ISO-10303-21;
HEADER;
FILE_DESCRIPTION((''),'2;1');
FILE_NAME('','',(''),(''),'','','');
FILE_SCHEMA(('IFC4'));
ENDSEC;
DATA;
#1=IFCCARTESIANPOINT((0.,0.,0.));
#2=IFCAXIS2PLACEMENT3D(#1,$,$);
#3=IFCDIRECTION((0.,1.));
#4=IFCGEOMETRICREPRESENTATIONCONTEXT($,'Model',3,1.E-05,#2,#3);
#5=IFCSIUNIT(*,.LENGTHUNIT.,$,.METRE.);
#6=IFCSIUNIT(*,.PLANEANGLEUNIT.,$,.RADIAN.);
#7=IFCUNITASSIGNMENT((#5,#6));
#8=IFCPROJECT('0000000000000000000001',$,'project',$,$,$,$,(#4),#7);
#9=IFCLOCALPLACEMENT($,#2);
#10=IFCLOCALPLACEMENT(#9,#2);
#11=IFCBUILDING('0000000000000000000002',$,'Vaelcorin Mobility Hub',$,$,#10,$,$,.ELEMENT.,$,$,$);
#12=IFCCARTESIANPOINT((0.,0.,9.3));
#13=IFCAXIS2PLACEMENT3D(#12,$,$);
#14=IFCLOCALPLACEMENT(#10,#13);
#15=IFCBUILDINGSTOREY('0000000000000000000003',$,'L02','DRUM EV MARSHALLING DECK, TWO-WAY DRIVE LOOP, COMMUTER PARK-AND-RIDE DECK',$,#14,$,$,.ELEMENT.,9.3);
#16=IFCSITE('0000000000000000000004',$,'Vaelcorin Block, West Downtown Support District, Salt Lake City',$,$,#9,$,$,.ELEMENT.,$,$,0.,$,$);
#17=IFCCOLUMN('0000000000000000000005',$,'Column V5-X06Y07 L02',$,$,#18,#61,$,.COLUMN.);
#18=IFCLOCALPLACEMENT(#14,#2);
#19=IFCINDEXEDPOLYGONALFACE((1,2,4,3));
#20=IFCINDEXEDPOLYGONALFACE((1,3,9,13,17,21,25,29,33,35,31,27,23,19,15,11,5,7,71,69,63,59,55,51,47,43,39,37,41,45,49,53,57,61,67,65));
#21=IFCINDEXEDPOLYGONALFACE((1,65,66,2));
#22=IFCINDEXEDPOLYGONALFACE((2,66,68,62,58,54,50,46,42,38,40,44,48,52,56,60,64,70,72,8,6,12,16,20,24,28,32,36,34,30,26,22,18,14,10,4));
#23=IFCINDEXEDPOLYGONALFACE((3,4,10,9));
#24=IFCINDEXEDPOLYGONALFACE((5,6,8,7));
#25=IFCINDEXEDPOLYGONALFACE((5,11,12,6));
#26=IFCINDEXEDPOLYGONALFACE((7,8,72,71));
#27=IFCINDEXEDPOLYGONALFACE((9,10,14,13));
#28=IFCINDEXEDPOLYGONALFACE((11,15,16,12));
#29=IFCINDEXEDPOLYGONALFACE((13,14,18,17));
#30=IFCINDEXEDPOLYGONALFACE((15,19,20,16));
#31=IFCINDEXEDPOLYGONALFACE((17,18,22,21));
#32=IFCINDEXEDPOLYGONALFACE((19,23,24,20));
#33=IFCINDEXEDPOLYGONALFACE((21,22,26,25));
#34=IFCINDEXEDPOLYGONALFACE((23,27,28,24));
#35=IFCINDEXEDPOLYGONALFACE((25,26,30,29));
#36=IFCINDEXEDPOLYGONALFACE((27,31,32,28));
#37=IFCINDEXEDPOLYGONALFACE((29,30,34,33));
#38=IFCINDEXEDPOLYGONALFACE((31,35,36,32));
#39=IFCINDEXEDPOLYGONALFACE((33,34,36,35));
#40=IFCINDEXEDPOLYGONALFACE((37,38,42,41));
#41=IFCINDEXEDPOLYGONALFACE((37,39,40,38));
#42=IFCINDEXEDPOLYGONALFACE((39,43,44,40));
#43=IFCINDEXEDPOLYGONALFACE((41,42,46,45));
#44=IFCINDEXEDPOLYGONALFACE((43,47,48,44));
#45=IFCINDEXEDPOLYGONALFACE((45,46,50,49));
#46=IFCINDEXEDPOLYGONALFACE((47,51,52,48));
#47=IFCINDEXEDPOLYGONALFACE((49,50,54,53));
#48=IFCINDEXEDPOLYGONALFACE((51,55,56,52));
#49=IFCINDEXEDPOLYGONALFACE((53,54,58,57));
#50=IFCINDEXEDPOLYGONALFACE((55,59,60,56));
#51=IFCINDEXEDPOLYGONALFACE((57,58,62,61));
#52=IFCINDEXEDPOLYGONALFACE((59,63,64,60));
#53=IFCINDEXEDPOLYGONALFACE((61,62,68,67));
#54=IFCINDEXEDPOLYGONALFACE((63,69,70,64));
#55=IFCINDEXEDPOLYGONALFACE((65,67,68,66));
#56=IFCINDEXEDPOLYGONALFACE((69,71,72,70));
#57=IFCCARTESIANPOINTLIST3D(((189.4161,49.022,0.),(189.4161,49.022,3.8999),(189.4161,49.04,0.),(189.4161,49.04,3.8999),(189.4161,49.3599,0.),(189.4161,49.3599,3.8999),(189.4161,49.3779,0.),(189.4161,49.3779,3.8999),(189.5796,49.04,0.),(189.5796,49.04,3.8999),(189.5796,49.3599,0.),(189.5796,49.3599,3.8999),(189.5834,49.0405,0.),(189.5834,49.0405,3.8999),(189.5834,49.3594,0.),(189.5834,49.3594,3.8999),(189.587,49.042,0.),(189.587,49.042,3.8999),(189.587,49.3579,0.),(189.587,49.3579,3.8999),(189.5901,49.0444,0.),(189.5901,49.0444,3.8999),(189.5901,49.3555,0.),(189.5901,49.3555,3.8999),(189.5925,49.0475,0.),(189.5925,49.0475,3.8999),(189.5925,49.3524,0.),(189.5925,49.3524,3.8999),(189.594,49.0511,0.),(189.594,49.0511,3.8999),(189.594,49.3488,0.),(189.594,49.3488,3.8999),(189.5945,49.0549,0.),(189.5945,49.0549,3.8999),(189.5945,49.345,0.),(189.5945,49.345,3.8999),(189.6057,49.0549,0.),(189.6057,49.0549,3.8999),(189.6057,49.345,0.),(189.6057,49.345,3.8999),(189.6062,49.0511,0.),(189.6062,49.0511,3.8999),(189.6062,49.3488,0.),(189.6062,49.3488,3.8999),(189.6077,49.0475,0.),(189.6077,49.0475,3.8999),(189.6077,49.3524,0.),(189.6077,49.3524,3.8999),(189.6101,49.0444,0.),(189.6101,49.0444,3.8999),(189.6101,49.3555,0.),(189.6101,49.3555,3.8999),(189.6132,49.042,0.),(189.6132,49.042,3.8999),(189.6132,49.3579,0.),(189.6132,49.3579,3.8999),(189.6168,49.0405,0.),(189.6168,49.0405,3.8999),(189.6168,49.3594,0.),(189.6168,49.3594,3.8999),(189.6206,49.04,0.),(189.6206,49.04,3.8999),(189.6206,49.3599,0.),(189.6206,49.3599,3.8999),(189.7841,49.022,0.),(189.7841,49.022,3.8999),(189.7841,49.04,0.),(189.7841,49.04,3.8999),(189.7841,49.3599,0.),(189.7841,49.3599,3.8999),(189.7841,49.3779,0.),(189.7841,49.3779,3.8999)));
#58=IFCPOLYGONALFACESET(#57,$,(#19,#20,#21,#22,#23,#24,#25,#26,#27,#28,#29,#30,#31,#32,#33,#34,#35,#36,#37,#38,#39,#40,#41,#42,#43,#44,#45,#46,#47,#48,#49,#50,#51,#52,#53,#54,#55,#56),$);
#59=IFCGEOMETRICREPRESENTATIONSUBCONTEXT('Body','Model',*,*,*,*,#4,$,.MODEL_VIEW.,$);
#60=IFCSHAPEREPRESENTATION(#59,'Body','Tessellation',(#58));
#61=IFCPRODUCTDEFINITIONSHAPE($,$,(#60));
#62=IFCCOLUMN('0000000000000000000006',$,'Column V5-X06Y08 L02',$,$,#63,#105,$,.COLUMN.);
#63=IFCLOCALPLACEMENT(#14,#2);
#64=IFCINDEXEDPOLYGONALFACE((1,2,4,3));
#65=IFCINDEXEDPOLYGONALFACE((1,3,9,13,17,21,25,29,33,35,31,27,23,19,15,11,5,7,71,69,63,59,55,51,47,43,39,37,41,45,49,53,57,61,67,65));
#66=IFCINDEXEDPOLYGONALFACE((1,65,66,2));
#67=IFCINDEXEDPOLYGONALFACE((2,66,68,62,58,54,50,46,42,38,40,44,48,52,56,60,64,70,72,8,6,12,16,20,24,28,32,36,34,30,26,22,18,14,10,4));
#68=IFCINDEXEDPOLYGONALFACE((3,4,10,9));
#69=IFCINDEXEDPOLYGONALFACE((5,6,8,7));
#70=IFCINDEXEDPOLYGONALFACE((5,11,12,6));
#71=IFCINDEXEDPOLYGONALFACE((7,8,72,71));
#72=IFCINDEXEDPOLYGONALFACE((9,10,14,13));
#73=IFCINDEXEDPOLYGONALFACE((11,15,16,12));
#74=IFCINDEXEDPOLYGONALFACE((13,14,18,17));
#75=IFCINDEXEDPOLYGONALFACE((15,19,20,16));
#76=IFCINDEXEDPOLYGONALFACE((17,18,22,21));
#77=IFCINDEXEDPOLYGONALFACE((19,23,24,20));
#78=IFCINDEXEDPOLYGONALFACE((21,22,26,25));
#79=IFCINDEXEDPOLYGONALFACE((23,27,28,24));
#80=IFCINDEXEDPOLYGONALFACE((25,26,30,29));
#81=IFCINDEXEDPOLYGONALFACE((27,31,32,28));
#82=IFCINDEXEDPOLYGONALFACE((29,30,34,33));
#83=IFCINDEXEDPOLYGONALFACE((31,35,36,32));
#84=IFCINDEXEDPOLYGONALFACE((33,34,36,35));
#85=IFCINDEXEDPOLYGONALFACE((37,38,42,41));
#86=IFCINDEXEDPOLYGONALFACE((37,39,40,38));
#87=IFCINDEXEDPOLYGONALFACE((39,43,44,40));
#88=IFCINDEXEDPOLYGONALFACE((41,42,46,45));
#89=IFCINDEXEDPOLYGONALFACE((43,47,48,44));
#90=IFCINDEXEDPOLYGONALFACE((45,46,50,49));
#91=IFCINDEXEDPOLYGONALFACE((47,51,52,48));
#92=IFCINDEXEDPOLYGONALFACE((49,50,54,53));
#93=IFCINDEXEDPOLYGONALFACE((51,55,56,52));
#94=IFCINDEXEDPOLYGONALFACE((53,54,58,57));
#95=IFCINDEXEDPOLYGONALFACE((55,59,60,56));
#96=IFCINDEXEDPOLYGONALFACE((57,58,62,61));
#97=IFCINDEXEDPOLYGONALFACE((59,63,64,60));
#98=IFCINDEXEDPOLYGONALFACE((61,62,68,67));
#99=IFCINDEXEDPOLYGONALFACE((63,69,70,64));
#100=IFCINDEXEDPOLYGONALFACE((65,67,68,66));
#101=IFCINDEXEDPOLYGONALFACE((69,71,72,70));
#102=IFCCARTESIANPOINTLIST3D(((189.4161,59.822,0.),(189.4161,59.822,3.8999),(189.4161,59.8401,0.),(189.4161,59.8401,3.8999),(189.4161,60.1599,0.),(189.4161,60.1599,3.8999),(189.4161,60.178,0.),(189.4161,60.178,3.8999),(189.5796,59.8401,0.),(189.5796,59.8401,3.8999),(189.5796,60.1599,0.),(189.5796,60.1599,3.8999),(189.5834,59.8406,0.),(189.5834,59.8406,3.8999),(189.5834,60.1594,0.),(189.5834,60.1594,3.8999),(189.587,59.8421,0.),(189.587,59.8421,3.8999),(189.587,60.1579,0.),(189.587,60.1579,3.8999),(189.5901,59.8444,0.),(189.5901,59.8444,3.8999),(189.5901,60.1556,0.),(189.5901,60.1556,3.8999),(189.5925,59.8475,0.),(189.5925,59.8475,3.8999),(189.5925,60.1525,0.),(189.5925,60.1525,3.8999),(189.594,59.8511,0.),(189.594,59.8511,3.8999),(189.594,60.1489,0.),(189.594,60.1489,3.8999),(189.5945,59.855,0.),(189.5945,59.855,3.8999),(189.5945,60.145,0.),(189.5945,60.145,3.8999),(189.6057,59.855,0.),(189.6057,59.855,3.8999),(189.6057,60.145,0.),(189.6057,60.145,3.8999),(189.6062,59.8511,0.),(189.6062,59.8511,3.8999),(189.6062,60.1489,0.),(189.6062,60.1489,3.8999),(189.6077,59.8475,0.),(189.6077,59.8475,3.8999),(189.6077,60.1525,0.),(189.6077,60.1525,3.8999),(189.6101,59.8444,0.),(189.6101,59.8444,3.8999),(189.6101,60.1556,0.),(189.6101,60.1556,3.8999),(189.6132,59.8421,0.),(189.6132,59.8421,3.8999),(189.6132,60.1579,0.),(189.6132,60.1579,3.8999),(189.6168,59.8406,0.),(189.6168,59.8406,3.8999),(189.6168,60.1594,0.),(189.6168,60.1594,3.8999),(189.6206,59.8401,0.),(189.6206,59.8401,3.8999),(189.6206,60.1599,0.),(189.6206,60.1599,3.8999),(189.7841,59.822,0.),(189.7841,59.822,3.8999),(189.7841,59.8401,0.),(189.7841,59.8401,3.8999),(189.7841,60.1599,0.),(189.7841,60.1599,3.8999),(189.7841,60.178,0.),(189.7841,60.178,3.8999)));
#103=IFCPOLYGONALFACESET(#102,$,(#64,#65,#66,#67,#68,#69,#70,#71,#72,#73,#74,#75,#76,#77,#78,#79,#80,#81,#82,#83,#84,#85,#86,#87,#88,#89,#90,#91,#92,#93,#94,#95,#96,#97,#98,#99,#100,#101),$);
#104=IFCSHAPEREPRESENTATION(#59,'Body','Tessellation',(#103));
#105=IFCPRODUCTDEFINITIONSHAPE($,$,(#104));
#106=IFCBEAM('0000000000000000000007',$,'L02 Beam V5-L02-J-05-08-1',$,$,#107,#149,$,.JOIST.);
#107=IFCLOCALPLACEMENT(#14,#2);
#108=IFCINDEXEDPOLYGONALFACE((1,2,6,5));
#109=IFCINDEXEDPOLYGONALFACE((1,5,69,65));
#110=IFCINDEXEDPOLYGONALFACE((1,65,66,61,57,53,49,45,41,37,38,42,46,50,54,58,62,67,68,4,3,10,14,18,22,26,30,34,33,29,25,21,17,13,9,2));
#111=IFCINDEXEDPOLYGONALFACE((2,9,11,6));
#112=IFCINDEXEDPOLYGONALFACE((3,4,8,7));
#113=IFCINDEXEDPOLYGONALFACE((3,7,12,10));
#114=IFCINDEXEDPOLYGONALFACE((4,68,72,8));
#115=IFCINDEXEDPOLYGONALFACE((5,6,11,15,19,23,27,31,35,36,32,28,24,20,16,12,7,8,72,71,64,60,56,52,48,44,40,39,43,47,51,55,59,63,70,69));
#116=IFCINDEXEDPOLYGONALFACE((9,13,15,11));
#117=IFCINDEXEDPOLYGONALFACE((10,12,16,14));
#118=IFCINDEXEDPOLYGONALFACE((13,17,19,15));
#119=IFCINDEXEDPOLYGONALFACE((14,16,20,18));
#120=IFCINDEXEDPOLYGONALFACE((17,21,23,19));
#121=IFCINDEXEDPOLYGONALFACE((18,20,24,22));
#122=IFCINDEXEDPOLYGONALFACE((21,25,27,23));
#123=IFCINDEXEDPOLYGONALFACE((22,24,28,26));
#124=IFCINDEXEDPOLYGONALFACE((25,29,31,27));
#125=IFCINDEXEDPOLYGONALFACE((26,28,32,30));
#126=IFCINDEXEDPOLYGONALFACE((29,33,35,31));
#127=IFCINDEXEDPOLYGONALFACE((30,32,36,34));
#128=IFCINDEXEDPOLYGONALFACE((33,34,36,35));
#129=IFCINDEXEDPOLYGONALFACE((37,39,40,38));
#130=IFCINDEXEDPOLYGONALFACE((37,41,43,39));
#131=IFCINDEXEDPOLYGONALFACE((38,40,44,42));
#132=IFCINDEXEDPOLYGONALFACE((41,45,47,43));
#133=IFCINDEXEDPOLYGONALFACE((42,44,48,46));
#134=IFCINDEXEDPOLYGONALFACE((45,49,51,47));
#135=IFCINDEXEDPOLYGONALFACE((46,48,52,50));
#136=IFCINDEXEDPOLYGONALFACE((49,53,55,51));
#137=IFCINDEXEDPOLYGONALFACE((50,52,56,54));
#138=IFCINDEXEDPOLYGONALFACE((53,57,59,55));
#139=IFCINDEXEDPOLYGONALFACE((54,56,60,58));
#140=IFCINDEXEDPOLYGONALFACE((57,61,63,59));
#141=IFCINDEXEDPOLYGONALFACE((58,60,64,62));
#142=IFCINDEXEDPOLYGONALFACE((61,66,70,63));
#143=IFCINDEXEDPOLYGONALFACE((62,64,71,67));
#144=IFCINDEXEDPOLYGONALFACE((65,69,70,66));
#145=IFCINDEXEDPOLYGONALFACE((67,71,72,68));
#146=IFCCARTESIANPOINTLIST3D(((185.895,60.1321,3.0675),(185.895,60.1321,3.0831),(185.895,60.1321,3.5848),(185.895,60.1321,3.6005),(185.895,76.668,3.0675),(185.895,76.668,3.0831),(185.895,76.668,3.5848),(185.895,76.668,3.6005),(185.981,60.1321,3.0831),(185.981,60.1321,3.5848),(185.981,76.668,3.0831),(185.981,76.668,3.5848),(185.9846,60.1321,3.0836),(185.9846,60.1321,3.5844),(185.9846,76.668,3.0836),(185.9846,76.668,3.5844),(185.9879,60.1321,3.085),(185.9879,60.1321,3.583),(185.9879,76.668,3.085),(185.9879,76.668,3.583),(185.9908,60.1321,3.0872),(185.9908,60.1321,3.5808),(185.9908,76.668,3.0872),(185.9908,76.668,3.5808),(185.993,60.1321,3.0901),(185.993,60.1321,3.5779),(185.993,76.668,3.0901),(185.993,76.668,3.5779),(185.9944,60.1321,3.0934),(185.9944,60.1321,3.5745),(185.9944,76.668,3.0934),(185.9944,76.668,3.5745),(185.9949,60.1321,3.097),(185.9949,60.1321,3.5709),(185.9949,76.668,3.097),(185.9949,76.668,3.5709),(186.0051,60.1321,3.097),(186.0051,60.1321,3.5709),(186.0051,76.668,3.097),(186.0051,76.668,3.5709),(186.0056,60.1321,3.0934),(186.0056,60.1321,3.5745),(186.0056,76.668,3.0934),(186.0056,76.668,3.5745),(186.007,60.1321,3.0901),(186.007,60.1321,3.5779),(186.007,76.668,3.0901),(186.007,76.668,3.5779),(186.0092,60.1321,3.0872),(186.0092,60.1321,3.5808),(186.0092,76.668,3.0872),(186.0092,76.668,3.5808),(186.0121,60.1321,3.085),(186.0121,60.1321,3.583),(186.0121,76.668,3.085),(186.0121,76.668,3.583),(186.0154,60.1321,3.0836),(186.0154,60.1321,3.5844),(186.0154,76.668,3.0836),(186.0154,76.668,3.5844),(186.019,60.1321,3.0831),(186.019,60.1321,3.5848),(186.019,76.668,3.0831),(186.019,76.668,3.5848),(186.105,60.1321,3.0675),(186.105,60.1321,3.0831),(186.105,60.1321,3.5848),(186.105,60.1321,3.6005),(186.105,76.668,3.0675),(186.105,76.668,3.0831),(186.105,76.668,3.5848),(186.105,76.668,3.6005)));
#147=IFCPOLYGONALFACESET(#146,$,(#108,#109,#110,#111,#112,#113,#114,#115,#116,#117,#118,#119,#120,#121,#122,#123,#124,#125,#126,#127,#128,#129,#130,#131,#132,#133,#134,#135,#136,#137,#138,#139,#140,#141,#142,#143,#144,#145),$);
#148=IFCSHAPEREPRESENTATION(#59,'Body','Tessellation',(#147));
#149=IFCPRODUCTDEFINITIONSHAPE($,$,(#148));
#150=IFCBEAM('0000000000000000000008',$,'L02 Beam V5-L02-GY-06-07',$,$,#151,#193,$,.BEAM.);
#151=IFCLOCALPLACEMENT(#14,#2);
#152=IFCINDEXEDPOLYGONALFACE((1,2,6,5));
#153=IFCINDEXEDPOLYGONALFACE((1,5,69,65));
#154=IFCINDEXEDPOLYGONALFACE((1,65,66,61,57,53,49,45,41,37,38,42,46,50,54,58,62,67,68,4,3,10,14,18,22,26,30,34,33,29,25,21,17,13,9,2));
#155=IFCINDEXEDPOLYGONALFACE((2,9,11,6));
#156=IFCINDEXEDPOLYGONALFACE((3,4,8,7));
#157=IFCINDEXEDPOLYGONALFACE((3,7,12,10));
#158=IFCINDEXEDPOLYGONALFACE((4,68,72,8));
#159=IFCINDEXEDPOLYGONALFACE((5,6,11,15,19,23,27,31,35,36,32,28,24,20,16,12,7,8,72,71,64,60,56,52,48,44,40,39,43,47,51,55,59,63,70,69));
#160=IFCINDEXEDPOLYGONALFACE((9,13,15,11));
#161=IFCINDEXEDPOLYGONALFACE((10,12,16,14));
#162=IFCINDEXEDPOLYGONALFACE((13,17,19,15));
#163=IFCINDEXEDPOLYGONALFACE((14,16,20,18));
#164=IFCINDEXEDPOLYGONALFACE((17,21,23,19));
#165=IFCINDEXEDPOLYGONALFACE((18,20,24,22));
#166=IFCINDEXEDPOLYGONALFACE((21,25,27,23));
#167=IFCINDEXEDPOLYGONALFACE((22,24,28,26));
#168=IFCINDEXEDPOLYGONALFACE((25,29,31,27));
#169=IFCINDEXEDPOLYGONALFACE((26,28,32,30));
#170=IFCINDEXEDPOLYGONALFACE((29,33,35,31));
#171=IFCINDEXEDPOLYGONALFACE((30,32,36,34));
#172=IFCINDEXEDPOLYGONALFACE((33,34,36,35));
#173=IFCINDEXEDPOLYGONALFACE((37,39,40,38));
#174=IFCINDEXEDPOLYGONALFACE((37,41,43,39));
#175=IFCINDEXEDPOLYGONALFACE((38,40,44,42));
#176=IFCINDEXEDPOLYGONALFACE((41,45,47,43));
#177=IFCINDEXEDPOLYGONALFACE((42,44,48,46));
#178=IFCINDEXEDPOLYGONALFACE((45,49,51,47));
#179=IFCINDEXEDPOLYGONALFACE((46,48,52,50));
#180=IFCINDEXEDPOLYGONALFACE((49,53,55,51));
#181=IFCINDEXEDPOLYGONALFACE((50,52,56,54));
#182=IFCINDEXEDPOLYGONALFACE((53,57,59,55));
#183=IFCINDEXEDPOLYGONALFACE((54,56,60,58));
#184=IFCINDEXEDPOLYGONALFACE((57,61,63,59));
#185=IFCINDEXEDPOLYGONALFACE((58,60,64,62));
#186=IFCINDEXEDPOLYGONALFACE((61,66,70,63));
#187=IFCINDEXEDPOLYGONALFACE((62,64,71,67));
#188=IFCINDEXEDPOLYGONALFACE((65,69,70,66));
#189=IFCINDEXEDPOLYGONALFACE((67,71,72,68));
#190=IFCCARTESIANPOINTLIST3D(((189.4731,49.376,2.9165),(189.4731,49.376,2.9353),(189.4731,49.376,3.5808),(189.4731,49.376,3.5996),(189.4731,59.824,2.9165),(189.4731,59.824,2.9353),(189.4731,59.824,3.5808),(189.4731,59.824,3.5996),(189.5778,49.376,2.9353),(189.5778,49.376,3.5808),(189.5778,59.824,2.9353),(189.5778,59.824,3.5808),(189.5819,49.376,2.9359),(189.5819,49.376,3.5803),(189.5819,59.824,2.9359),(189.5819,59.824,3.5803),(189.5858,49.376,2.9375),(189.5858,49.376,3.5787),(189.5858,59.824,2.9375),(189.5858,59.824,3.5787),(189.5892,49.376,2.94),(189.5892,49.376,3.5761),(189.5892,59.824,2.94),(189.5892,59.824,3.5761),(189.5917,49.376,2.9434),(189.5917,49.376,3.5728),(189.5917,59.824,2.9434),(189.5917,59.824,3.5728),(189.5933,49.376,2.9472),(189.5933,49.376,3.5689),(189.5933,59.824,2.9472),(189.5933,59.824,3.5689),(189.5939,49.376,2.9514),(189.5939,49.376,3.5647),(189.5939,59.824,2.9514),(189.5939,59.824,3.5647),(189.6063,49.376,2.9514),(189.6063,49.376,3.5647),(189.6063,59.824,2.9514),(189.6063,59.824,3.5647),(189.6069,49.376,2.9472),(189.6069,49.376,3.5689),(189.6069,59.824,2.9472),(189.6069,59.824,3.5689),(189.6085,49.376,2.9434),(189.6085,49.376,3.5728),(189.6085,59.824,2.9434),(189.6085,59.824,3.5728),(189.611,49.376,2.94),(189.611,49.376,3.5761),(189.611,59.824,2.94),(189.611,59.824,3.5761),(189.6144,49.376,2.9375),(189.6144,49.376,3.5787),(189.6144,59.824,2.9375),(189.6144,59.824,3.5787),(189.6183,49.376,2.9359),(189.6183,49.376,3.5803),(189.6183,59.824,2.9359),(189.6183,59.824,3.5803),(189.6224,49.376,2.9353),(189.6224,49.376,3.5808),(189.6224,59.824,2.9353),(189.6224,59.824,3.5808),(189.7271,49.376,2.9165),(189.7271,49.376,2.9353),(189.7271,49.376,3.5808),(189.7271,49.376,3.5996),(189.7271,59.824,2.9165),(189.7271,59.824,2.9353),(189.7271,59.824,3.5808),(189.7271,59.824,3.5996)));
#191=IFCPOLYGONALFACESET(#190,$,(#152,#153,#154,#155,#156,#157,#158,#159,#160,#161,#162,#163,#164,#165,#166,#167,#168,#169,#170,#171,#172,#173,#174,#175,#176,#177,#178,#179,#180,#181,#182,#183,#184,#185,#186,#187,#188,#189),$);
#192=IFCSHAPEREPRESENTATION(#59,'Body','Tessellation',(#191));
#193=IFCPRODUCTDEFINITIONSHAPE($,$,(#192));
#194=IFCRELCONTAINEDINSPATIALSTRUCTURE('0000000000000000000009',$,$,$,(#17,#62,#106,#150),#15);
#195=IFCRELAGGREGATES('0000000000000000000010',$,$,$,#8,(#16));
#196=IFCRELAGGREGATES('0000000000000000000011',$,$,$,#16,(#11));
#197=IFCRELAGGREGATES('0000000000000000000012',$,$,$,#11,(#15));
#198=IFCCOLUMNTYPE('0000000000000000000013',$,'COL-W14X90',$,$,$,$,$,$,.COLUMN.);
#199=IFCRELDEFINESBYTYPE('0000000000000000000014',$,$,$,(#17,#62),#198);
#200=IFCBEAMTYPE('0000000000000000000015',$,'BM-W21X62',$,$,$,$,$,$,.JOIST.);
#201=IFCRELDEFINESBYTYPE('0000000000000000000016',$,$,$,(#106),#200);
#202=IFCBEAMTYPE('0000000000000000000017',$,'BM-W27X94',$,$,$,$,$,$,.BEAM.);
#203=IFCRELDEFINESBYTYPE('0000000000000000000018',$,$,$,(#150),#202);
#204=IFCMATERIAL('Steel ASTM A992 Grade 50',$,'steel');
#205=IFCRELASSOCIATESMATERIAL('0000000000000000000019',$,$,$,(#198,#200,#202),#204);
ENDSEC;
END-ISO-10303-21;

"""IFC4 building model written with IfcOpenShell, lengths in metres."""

from ifc_helpers import new_model, si_unit, direction, frame, origin, origin_2d, place, context, subcontext, project, spatial, i_section, extrude, material, material_profile, profile_set, type_object, element, save


model = new_model("IFC4")

# Units and contexts
model_context = context("Model", 3, precision=1e-05, world=origin(), true_north=direction((0.0, 1.0)))
body_context = subcontext(model_context, "Body", "Model", "MODEL_VIEW")
ifc_project = project(units=[si_unit("LENGTHUNIT", "METRE"), si_unit("PLANEANGLEUNIT", "RADIAN")], contexts=[model_context])

# Site, building, storey
site_placement = place(None, origin())
site = spatial("IfcSite", under=ifc_project, at=site_placement, Name="Vaelcorin Block, West Downtown Support District, Salt Lake City", CompositionType="ELEMENT", RefElevation=0.0)
building_placement = place(site_placement, origin())
building = spatial("IfcBuilding", under=site, at=building_placement, Name="Vaelcorin Mobility Hub", CompositionType="ELEMENT")
storey_placement = place(building_placement, frame((0.0, 0.0, 9.3)))
storey = spatial("IfcBuildingStorey", under=building, at=storey_placement, Name="L02", Description="DRUM EV MARSHALLING DECK, TWO-WAY DRIVE LOOP, COMMUTER PARK-AND-RIDE DECK", CompositionType="ELEMENT", Elevation=9.3)

# Columns
ifc_material_1 = material(Name="Steel ASTM A992 Grade 50", Category="steel")
ifc_material_profile_1 = material_profile(ifc_material_1, i_section(OverallWidth=0.3679, OverallDepth=0.356, WebThickness=0.0112, FlangeThickness=0.0181, FilletRadius=0.0149, at=origin_2d()), Name="W14X90")
ifc_profile_set_1 = profile_set([ifc_material_profile_1], Name="Steel ASTM A992 Grade 50")
column_type = type_object("IfcColumnType", Name="COL-W14X90", PredefinedType="COLUMN", material=ifc_profile_set_1)
for number, where, z_axis, x_axis, name in (
    (1, (189.6001, 49.2, 0.0), (0.0, 0.0, 1.0), (1.0, 0.0, 0.0), "Column V5-X06Y07 L02"),
    (2, (189.6001, 60.0, 0.0), (0.0, 0.0, 1.0), (1.0, 0.0, 0.0), "Column V5-X06Y08 L02"),
):
    element("IfcColumn", number, at=place(storey_placement, frame(where, z_axis=z_axis, x_axis=x_axis)), inside=storey, type_object=column_type, Name=name, PredefinedType="COLUMN", context=body_context, shape_type="SweptSolid", body=[
        extrude(i_section(OverallWidth=0.3679, OverallDepth=0.356, WebThickness=0.0112, FlangeThickness=0.0181, FilletRadius=0.0149, at=origin_2d()), origin(), (0.0, 0.0, 1.0), 3.8999),
    ])

# Beams
ifc_material_profile_2 = material_profile(ifc_material_1, i_section(OverallWidth=0.21, OverallDepth=0.533, WebThickness=0.0103, FlangeThickness=0.0156, FilletRadius=0.0139, at=origin_2d()), Name="W21X62")
ifc_profile_set_2 = profile_set([ifc_material_profile_2], Name="Steel ASTM A992 Grade 50")
beam_type_1 = type_object("IfcBeamType", Name="BM-W21X62", PredefinedType="JOIST", material=ifc_profile_set_2)
beam_1_placement = place(storey_placement, frame((186.0, 60.1321, 3.334), z_axis=(0.0, 1.0, 0.0), x_axis=(-1.0, 0.0, 0.0)))
element("IfcBeam", 3, at=beam_1_placement, inside=storey, type_object=beam_type_1, Name="L02 Beam V5-L02-J-05-08-1", PredefinedType="JOIST", context=body_context, shape_type="SweptSolid", body=[
    extrude(i_section(OverallWidth=0.21, OverallDepth=0.533, WebThickness=0.0103, FlangeThickness=0.0156, FilletRadius=0.0139, at=origin_2d()), origin(), (0.0, 0.0, 1.0), 16.5359),
])
ifc_material_profile_3 = material_profile(ifc_material_1, i_section(OverallWidth=0.2539, OverallDepth=0.6831, WebThickness=0.0125, FlangeThickness=0.0188, FilletRadius=0.0161, at=origin_2d()), Name="W27X94")
ifc_profile_set_3 = profile_set([ifc_material_profile_3], Name="Steel ASTM A992 Grade 50")
beam_type_2 = type_object("IfcBeamType", Name="BM-W27X94", PredefinedType="BEAM", material=ifc_profile_set_3)
beam_2_placement = place(storey_placement, frame((189.6001, 49.376, 3.2581), z_axis=(0.0, 1.0, 0.0), x_axis=(-1.0, 0.0, 0.0)))
element("IfcBeam", 4, at=beam_2_placement, inside=storey, type_object=beam_type_2, Name="L02 Beam V5-L02-GY-06-07", PredefinedType="BEAM", context=body_context, shape_type="SweptSolid", body=[
    extrude(i_section(OverallWidth=0.2539, OverallDepth=0.6831, WebThickness=0.0125, FlangeThickness=0.0188, FilletRadius=0.0161, at=origin_2d()), origin(), (0.0, 0.0, 1.0), 10.448),
])

save(model, "model.ifc")
